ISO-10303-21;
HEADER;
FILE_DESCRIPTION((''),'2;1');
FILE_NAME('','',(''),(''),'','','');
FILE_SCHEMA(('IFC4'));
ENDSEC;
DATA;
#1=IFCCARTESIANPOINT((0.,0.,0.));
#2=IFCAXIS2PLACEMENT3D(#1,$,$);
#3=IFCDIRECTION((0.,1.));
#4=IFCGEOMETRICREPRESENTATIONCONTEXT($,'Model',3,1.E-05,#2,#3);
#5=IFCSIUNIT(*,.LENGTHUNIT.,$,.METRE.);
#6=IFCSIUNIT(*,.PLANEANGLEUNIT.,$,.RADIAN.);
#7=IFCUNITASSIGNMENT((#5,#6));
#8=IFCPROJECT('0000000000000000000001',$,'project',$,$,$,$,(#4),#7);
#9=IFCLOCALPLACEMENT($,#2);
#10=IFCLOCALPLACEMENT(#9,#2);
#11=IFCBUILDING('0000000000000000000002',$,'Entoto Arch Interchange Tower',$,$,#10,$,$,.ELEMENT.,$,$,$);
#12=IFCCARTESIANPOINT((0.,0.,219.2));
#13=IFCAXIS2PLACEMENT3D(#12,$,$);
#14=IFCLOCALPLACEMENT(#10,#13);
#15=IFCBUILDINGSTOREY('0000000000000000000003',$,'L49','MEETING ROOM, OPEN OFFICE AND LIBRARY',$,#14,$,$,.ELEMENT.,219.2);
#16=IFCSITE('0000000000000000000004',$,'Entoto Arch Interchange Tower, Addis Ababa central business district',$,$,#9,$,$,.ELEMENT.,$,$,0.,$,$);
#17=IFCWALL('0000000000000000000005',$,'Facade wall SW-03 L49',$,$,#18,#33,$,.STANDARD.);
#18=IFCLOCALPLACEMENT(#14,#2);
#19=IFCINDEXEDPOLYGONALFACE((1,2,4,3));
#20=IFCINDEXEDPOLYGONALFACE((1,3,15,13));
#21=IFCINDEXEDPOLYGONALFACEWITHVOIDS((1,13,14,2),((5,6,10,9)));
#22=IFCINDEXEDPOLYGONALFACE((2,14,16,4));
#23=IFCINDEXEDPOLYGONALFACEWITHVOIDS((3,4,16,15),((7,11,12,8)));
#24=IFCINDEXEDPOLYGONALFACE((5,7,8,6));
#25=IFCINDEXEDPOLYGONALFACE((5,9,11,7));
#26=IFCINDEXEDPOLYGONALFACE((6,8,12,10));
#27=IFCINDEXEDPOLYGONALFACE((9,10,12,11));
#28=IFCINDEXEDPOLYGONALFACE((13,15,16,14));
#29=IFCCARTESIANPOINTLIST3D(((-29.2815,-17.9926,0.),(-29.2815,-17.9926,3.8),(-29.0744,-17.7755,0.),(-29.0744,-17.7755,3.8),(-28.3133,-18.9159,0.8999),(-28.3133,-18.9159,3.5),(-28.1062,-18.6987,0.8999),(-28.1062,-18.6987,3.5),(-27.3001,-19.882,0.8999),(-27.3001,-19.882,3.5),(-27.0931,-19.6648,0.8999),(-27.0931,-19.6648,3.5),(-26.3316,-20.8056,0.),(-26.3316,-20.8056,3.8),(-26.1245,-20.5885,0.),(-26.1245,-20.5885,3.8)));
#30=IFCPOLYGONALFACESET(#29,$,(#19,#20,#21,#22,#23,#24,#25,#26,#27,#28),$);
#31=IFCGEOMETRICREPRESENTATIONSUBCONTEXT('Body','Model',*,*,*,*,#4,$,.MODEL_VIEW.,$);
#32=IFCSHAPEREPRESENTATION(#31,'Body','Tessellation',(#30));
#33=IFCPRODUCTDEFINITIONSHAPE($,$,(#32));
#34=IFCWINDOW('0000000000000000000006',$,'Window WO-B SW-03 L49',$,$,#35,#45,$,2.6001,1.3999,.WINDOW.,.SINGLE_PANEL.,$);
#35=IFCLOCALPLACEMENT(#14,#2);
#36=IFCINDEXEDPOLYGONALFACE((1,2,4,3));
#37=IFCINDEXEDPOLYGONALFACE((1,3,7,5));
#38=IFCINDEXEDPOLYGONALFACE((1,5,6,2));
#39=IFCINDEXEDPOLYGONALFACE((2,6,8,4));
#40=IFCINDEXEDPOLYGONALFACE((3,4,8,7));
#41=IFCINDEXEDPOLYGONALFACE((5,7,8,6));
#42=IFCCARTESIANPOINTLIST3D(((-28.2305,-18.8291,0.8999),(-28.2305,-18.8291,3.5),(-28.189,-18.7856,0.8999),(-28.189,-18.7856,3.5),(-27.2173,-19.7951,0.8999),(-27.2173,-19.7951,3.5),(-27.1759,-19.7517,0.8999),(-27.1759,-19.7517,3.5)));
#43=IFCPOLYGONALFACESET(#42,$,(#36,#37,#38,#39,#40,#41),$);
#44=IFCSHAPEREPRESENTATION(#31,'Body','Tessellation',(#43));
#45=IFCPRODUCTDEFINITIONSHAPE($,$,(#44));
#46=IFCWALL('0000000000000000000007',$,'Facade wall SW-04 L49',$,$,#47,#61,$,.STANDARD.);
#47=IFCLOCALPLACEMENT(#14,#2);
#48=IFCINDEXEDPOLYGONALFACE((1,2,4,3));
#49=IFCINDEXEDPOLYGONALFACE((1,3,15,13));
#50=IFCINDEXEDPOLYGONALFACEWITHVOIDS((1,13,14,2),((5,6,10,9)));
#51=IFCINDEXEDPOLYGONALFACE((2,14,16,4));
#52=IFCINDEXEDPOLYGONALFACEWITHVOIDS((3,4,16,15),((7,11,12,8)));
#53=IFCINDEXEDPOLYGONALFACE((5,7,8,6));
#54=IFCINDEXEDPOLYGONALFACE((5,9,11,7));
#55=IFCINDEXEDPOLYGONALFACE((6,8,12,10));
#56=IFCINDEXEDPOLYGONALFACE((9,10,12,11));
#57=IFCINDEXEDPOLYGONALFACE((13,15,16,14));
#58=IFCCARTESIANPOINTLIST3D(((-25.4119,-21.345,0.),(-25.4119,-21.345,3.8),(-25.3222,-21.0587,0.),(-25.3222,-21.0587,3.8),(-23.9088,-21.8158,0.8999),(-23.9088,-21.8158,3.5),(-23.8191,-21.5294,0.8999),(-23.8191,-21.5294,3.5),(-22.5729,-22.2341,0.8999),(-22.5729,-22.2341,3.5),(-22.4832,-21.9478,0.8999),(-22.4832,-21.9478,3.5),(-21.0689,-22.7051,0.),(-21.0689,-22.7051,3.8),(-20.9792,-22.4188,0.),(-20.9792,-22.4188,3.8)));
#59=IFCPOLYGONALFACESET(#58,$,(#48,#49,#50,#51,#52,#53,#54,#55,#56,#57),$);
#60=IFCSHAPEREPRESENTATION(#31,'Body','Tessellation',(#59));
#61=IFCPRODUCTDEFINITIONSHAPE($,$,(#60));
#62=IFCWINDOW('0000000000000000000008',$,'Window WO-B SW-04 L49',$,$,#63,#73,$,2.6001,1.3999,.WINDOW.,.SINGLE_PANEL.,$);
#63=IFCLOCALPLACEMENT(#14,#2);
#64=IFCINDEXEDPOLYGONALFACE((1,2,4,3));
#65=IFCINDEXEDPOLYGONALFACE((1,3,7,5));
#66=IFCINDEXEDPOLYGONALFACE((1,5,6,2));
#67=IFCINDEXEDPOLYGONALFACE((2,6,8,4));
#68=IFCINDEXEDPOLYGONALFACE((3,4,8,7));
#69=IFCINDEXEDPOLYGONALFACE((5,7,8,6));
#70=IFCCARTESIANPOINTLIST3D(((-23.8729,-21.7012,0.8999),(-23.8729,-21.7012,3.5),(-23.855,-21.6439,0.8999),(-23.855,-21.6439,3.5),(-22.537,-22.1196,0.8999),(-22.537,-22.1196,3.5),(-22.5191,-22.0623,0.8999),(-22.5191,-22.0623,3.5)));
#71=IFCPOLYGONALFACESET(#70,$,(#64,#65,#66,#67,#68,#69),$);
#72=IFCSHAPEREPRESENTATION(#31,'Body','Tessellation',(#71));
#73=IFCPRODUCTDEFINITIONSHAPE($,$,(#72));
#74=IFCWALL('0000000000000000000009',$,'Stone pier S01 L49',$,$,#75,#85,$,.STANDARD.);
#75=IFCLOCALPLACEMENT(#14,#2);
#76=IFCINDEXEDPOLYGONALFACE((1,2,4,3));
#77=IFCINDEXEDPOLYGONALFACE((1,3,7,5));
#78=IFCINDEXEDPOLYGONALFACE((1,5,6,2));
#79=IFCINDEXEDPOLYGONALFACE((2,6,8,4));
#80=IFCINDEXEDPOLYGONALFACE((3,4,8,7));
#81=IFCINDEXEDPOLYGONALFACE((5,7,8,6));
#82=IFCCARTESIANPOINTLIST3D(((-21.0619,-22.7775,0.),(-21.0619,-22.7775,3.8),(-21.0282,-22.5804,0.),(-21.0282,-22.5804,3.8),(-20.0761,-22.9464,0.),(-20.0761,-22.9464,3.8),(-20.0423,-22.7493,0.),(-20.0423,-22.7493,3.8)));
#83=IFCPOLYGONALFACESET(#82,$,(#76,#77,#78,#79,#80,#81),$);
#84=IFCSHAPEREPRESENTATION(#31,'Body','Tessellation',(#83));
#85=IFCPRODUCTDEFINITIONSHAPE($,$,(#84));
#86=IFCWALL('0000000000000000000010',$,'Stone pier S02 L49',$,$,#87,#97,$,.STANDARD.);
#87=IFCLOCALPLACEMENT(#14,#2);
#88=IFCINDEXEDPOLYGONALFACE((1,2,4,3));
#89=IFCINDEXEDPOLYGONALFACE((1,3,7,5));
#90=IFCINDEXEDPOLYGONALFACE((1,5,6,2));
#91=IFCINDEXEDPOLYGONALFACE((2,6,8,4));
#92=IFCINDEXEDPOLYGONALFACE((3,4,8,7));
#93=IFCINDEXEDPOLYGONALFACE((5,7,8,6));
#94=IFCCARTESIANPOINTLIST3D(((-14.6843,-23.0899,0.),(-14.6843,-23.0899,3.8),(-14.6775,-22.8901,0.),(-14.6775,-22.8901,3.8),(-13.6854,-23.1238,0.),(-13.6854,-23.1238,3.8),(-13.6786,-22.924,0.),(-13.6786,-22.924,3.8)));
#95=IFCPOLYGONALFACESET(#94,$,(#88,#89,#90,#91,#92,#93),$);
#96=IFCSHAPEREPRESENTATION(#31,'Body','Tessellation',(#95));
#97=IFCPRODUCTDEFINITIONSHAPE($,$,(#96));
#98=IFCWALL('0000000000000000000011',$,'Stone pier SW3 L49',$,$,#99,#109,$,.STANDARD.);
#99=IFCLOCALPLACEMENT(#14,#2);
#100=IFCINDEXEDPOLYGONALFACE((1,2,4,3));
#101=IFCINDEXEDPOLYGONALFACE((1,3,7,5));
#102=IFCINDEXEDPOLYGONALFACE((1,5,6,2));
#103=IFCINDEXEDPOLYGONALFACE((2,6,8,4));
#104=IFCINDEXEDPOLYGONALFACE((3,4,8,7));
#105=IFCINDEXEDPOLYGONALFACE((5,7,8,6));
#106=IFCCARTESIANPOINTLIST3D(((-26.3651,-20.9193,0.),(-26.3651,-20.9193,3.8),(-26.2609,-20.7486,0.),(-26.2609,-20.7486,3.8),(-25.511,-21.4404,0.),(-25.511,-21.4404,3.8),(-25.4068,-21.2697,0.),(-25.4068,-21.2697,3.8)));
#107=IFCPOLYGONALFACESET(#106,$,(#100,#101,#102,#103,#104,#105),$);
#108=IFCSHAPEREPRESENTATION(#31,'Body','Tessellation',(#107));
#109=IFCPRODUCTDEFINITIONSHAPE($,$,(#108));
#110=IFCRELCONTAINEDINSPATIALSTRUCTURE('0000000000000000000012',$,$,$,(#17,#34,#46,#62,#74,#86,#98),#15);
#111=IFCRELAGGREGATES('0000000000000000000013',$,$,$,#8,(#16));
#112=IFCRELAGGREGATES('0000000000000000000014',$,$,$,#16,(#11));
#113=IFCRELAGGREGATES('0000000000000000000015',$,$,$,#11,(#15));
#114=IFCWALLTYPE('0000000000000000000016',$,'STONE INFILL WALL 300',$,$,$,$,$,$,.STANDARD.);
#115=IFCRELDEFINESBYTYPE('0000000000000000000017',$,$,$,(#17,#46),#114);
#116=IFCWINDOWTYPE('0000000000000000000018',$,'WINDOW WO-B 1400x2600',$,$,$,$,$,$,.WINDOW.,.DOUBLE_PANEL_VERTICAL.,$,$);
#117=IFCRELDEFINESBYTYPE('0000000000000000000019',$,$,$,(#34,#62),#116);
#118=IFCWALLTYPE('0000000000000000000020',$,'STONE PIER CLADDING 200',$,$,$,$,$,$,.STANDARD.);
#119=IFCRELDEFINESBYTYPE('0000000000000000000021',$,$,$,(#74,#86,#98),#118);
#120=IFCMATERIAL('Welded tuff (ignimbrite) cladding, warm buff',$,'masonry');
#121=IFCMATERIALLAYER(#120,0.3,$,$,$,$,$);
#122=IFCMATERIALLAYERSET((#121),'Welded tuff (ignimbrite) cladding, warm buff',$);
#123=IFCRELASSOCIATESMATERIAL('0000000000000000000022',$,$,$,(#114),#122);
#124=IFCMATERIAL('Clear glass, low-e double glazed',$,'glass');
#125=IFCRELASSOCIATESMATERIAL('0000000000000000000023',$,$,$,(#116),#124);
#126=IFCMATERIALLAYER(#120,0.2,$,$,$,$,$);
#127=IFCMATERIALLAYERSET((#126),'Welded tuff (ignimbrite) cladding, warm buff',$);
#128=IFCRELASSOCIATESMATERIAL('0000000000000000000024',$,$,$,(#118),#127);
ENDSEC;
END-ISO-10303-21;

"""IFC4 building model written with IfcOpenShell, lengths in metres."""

from ifc_helpers import new_model, si_unit, direction, frame, frame_2d, origin, place, context, subcontext, project, spatial, rectangle, extrude, material, layer, layer_set, type_object, element, fill, save


model = new_model("IFC4")

# Units and contexts
model_context = context("Model", 3, precision=1e-05, world=origin(), true_north=direction((0.0, 1.0)))
body_context = subcontext(model_context, "Body", "Model", "MODEL_VIEW")
ifc_project = project(units=[si_unit("LENGTHUNIT", "METRE"), si_unit("PLANEANGLEUNIT", "RADIAN")], contexts=[model_context])

# Site, building, storey
site_placement = place(None, origin())
site = spatial("IfcSite", under=ifc_project, at=site_placement, Name="Entoto Arch Interchange Tower, Addis Ababa central business district", CompositionType="ELEMENT", RefElevation=0.0)
building_placement = place(site_placement, origin())
building = spatial("IfcBuilding", under=site, at=building_placement, Name="Entoto Arch Interchange Tower", CompositionType="ELEMENT")
storey_placement = place(building_placement, frame((0.0, 0.0, 219.2)))
storey = spatial("IfcBuildingStorey", under=building, at=storey_placement, Name="L49", Description="MEETING ROOM, OPEN OFFICE AND LIBRARY", CompositionType="ELEMENT", Elevation=219.2)

# Shared definitions
ifc_material_1 = material(Name="Welded tuff (ignimbrite) cladding, warm buff", Category="masonry")
ifc_layer_1 = layer(ifc_material_1, 0.3)
ifc_layer_set_1 = layer_set([ifc_layer_1], Name="Welded tuff (ignimbrite) cladding, warm buff")
wall_type_1 = type_object("IfcWallType", Name="STONE INFILL WALL 300", PredefinedType="STANDARD", material=ifc_layer_set_1)
ifc_material_2 = material(Name="Clear glass, low-e double glazed", Category="glass")
window_type = type_object("IfcWindowType", Name="WINDOW WO-B 1400x2600", PartitioningType="DOUBLE_PANEL_VERTICAL", PredefinedType="WINDOW", material=ifc_material_2)

# Walls, openings, windows
wall_1_placement = place(storey_placement, frame((-29.178, -17.884, 0.0), z_axis=(0.0, 0.0, 1.0), x_axis=(0.723708, -0.690107, 0.0)))
wall_1 = element("IfcWall", 1, at=wall_1_placement, inside=storey, type_object=wall_type_1, Name="Facade wall SW-03 L49", PredefinedType="STANDARD", context=body_context, shape_type="SweptSolid", body=[
    extrude(rectangle(XDim=4.0762, YDim=0.3, at=frame_2d((2.0381, 0.0))), origin(), (0.0, 0.0, 1.0), 3.8),
])
opening_1_placement = place(wall_1_placement, frame((1.3379, 0.0, 0.8999)))
opening_1 = element("IfcOpeningElement", 2, at=opening_1_placement, cuts=wall_1, PredefinedType="OPENING", context=body_context, shape_type="SweptSolid", body=[
    extrude(rectangle(XDim=1.3999, YDim=2.6001, at=frame_2d((0.7, 1.3))), frame((0.0, 0.1602, 0.0), z_axis=(0.0, -1.0, 0.0), x_axis=(1.0, 0.0, 0.0)), (0.0, 0.0, 1.0), 0.3201),
])
window_1_placement = place(opening_1_placement, origin())
window_1 = element("IfcWindow", 3, at=window_1_placement, inside=storey, type_object=window_type, Name="Window WO-B SW-03 L49", OverallHeight=2.6001, OverallWidth=1.3999, PartitioningType="SINGLE_PANEL", PredefinedType="WINDOW", context=body_context, shape_type="SweptSolid", body=[
    extrude(rectangle(XDim=1.3999, YDim=2.6001, at=frame_2d((0.7, 1.3))), frame((0.0, 0.03, 0.0), z_axis=(0.0, -1.0, 0.0), x_axis=(1.0, 0.0, 0.0)), (0.0, 0.0, 1.0), 0.0601),
])
fill(opening_1, window_1)
wall_2_placement = place(storey_placement, frame((-25.3669, -21.2019, 0.0), z_axis=(0.0, 0.0, 1.0), x_axis=(0.954297, -0.298858, 0.0)))
wall_2 = element("IfcWall", 4, at=wall_2_placement, inside=storey, type_object=wall_type_1, Name="Facade wall SW-04 L49", PredefinedType="STANDARD", context=body_context, shape_type="SweptSolid", body=[
    extrude(rectangle(XDim=4.551, YDim=0.3, at=frame_2d((2.2754, 0.0))), origin(), (0.0, 0.0, 1.0), 3.8),
])
opening_2_placement = place(wall_2_placement, frame((1.575, 0.0, 0.8999)))
opening_2 = element("IfcOpeningElement", 5, at=opening_2_placement, cuts=wall_2, PredefinedType="OPENING", context=body_context, shape_type="SweptSolid", body=[
    extrude(rectangle(XDim=1.3999, YDim=2.6001, at=frame_2d((0.7, 1.3))), frame((0.0, 0.1602, 0.0), z_axis=(0.0, -1.0, 0.0), x_axis=(1.0, 0.0, 0.0)), (0.0, 0.0, 1.0), 0.3201),
])
window_2_placement = place(opening_2_placement, origin())
window_2 = element("IfcWindow", 6, at=window_2_placement, inside=storey, type_object=window_type, Name="Window WO-B SW-04 L49", OverallHeight=2.6001, OverallWidth=1.3999, PartitioningType="SINGLE_PANEL", PredefinedType="WINDOW", context=body_context, shape_type="SweptSolid", body=[
    extrude(rectangle(XDim=1.3999, YDim=2.6001, at=frame_2d((0.7, 1.3))), frame((0.0, 0.03, 0.0), z_axis=(0.0, -1.0, 0.0), x_axis=(1.0, 0.0, 0.0)), (0.0, 0.0, 1.0), 0.0601),
])
fill(opening_2, window_2)

# Walls
ifc_layer_2 = layer(ifc_material_1, 0.2)
ifc_layer_set_2 = layer_set([ifc_layer_2], Name="Welded tuff (ignimbrite) cladding, warm buff")
wall_type_2 = type_object("IfcWallType", Name="STONE PIER CLADDING 200", PredefinedType="STANDARD", material=ifc_layer_set_2)
wall_3_placement = place(storey_placement, frame((-21.0449, -22.679, 0.0), z_axis=(0.0, 0.0, 1.0), x_axis=(0.985632, -0.16891, 0.0)))
element("IfcWall", 7, at=wall_3_placement, inside=storey, type_object=wall_type_2, Name="Stone pier S01 L49", PredefinedType="STANDARD", context=body_context, shape_type="SweptSolid", body=[
    extrude(rectangle(XDim=1.0002, YDim=0.2, at=frame_2d((0.5, 0.0))), origin(), (0.0, 0.0, 1.0), 3.8),
])
wall_4_placement = place(storey_placement, frame((-14.6809, -22.99, 0.0), z_axis=(0.0, 0.0, 1.0), x_axis=(0.999424, -0.033949, 0.0)))
element("IfcWall", 8, at=wall_4_placement, inside=storey, type_object=wall_type_2, Name="Stone pier S02 L49", PredefinedType="STANDARD", context=body_context, shape_type="SweptSolid", body=[
    extrude(rectangle(XDim=0.9995, YDim=0.2, at=frame_2d((0.4998, 0.0))), origin(), (0.0, 0.0, 1.0), 3.8),
])
wall_5_placement = place(storey_placement, frame((-26.313, -20.834, 0.0), z_axis=(0.0, 0.0, 1.0), x_axis=(0.85368, -0.520798, 0.0)))
element("IfcWall", 9, at=wall_5_placement, inside=storey, type_object=wall_type_2, Name="Stone pier SW3 L49", PredefinedType="STANDARD", context=body_context, shape_type="SweptSolid", body=[
    extrude(rectangle(XDim=1.0005, YDim=0.2, at=frame_2d((0.5002, 0.0))), origin(), (0.0, 0.0, 1.0), 3.8),
])

save(model, "model.ifc")
